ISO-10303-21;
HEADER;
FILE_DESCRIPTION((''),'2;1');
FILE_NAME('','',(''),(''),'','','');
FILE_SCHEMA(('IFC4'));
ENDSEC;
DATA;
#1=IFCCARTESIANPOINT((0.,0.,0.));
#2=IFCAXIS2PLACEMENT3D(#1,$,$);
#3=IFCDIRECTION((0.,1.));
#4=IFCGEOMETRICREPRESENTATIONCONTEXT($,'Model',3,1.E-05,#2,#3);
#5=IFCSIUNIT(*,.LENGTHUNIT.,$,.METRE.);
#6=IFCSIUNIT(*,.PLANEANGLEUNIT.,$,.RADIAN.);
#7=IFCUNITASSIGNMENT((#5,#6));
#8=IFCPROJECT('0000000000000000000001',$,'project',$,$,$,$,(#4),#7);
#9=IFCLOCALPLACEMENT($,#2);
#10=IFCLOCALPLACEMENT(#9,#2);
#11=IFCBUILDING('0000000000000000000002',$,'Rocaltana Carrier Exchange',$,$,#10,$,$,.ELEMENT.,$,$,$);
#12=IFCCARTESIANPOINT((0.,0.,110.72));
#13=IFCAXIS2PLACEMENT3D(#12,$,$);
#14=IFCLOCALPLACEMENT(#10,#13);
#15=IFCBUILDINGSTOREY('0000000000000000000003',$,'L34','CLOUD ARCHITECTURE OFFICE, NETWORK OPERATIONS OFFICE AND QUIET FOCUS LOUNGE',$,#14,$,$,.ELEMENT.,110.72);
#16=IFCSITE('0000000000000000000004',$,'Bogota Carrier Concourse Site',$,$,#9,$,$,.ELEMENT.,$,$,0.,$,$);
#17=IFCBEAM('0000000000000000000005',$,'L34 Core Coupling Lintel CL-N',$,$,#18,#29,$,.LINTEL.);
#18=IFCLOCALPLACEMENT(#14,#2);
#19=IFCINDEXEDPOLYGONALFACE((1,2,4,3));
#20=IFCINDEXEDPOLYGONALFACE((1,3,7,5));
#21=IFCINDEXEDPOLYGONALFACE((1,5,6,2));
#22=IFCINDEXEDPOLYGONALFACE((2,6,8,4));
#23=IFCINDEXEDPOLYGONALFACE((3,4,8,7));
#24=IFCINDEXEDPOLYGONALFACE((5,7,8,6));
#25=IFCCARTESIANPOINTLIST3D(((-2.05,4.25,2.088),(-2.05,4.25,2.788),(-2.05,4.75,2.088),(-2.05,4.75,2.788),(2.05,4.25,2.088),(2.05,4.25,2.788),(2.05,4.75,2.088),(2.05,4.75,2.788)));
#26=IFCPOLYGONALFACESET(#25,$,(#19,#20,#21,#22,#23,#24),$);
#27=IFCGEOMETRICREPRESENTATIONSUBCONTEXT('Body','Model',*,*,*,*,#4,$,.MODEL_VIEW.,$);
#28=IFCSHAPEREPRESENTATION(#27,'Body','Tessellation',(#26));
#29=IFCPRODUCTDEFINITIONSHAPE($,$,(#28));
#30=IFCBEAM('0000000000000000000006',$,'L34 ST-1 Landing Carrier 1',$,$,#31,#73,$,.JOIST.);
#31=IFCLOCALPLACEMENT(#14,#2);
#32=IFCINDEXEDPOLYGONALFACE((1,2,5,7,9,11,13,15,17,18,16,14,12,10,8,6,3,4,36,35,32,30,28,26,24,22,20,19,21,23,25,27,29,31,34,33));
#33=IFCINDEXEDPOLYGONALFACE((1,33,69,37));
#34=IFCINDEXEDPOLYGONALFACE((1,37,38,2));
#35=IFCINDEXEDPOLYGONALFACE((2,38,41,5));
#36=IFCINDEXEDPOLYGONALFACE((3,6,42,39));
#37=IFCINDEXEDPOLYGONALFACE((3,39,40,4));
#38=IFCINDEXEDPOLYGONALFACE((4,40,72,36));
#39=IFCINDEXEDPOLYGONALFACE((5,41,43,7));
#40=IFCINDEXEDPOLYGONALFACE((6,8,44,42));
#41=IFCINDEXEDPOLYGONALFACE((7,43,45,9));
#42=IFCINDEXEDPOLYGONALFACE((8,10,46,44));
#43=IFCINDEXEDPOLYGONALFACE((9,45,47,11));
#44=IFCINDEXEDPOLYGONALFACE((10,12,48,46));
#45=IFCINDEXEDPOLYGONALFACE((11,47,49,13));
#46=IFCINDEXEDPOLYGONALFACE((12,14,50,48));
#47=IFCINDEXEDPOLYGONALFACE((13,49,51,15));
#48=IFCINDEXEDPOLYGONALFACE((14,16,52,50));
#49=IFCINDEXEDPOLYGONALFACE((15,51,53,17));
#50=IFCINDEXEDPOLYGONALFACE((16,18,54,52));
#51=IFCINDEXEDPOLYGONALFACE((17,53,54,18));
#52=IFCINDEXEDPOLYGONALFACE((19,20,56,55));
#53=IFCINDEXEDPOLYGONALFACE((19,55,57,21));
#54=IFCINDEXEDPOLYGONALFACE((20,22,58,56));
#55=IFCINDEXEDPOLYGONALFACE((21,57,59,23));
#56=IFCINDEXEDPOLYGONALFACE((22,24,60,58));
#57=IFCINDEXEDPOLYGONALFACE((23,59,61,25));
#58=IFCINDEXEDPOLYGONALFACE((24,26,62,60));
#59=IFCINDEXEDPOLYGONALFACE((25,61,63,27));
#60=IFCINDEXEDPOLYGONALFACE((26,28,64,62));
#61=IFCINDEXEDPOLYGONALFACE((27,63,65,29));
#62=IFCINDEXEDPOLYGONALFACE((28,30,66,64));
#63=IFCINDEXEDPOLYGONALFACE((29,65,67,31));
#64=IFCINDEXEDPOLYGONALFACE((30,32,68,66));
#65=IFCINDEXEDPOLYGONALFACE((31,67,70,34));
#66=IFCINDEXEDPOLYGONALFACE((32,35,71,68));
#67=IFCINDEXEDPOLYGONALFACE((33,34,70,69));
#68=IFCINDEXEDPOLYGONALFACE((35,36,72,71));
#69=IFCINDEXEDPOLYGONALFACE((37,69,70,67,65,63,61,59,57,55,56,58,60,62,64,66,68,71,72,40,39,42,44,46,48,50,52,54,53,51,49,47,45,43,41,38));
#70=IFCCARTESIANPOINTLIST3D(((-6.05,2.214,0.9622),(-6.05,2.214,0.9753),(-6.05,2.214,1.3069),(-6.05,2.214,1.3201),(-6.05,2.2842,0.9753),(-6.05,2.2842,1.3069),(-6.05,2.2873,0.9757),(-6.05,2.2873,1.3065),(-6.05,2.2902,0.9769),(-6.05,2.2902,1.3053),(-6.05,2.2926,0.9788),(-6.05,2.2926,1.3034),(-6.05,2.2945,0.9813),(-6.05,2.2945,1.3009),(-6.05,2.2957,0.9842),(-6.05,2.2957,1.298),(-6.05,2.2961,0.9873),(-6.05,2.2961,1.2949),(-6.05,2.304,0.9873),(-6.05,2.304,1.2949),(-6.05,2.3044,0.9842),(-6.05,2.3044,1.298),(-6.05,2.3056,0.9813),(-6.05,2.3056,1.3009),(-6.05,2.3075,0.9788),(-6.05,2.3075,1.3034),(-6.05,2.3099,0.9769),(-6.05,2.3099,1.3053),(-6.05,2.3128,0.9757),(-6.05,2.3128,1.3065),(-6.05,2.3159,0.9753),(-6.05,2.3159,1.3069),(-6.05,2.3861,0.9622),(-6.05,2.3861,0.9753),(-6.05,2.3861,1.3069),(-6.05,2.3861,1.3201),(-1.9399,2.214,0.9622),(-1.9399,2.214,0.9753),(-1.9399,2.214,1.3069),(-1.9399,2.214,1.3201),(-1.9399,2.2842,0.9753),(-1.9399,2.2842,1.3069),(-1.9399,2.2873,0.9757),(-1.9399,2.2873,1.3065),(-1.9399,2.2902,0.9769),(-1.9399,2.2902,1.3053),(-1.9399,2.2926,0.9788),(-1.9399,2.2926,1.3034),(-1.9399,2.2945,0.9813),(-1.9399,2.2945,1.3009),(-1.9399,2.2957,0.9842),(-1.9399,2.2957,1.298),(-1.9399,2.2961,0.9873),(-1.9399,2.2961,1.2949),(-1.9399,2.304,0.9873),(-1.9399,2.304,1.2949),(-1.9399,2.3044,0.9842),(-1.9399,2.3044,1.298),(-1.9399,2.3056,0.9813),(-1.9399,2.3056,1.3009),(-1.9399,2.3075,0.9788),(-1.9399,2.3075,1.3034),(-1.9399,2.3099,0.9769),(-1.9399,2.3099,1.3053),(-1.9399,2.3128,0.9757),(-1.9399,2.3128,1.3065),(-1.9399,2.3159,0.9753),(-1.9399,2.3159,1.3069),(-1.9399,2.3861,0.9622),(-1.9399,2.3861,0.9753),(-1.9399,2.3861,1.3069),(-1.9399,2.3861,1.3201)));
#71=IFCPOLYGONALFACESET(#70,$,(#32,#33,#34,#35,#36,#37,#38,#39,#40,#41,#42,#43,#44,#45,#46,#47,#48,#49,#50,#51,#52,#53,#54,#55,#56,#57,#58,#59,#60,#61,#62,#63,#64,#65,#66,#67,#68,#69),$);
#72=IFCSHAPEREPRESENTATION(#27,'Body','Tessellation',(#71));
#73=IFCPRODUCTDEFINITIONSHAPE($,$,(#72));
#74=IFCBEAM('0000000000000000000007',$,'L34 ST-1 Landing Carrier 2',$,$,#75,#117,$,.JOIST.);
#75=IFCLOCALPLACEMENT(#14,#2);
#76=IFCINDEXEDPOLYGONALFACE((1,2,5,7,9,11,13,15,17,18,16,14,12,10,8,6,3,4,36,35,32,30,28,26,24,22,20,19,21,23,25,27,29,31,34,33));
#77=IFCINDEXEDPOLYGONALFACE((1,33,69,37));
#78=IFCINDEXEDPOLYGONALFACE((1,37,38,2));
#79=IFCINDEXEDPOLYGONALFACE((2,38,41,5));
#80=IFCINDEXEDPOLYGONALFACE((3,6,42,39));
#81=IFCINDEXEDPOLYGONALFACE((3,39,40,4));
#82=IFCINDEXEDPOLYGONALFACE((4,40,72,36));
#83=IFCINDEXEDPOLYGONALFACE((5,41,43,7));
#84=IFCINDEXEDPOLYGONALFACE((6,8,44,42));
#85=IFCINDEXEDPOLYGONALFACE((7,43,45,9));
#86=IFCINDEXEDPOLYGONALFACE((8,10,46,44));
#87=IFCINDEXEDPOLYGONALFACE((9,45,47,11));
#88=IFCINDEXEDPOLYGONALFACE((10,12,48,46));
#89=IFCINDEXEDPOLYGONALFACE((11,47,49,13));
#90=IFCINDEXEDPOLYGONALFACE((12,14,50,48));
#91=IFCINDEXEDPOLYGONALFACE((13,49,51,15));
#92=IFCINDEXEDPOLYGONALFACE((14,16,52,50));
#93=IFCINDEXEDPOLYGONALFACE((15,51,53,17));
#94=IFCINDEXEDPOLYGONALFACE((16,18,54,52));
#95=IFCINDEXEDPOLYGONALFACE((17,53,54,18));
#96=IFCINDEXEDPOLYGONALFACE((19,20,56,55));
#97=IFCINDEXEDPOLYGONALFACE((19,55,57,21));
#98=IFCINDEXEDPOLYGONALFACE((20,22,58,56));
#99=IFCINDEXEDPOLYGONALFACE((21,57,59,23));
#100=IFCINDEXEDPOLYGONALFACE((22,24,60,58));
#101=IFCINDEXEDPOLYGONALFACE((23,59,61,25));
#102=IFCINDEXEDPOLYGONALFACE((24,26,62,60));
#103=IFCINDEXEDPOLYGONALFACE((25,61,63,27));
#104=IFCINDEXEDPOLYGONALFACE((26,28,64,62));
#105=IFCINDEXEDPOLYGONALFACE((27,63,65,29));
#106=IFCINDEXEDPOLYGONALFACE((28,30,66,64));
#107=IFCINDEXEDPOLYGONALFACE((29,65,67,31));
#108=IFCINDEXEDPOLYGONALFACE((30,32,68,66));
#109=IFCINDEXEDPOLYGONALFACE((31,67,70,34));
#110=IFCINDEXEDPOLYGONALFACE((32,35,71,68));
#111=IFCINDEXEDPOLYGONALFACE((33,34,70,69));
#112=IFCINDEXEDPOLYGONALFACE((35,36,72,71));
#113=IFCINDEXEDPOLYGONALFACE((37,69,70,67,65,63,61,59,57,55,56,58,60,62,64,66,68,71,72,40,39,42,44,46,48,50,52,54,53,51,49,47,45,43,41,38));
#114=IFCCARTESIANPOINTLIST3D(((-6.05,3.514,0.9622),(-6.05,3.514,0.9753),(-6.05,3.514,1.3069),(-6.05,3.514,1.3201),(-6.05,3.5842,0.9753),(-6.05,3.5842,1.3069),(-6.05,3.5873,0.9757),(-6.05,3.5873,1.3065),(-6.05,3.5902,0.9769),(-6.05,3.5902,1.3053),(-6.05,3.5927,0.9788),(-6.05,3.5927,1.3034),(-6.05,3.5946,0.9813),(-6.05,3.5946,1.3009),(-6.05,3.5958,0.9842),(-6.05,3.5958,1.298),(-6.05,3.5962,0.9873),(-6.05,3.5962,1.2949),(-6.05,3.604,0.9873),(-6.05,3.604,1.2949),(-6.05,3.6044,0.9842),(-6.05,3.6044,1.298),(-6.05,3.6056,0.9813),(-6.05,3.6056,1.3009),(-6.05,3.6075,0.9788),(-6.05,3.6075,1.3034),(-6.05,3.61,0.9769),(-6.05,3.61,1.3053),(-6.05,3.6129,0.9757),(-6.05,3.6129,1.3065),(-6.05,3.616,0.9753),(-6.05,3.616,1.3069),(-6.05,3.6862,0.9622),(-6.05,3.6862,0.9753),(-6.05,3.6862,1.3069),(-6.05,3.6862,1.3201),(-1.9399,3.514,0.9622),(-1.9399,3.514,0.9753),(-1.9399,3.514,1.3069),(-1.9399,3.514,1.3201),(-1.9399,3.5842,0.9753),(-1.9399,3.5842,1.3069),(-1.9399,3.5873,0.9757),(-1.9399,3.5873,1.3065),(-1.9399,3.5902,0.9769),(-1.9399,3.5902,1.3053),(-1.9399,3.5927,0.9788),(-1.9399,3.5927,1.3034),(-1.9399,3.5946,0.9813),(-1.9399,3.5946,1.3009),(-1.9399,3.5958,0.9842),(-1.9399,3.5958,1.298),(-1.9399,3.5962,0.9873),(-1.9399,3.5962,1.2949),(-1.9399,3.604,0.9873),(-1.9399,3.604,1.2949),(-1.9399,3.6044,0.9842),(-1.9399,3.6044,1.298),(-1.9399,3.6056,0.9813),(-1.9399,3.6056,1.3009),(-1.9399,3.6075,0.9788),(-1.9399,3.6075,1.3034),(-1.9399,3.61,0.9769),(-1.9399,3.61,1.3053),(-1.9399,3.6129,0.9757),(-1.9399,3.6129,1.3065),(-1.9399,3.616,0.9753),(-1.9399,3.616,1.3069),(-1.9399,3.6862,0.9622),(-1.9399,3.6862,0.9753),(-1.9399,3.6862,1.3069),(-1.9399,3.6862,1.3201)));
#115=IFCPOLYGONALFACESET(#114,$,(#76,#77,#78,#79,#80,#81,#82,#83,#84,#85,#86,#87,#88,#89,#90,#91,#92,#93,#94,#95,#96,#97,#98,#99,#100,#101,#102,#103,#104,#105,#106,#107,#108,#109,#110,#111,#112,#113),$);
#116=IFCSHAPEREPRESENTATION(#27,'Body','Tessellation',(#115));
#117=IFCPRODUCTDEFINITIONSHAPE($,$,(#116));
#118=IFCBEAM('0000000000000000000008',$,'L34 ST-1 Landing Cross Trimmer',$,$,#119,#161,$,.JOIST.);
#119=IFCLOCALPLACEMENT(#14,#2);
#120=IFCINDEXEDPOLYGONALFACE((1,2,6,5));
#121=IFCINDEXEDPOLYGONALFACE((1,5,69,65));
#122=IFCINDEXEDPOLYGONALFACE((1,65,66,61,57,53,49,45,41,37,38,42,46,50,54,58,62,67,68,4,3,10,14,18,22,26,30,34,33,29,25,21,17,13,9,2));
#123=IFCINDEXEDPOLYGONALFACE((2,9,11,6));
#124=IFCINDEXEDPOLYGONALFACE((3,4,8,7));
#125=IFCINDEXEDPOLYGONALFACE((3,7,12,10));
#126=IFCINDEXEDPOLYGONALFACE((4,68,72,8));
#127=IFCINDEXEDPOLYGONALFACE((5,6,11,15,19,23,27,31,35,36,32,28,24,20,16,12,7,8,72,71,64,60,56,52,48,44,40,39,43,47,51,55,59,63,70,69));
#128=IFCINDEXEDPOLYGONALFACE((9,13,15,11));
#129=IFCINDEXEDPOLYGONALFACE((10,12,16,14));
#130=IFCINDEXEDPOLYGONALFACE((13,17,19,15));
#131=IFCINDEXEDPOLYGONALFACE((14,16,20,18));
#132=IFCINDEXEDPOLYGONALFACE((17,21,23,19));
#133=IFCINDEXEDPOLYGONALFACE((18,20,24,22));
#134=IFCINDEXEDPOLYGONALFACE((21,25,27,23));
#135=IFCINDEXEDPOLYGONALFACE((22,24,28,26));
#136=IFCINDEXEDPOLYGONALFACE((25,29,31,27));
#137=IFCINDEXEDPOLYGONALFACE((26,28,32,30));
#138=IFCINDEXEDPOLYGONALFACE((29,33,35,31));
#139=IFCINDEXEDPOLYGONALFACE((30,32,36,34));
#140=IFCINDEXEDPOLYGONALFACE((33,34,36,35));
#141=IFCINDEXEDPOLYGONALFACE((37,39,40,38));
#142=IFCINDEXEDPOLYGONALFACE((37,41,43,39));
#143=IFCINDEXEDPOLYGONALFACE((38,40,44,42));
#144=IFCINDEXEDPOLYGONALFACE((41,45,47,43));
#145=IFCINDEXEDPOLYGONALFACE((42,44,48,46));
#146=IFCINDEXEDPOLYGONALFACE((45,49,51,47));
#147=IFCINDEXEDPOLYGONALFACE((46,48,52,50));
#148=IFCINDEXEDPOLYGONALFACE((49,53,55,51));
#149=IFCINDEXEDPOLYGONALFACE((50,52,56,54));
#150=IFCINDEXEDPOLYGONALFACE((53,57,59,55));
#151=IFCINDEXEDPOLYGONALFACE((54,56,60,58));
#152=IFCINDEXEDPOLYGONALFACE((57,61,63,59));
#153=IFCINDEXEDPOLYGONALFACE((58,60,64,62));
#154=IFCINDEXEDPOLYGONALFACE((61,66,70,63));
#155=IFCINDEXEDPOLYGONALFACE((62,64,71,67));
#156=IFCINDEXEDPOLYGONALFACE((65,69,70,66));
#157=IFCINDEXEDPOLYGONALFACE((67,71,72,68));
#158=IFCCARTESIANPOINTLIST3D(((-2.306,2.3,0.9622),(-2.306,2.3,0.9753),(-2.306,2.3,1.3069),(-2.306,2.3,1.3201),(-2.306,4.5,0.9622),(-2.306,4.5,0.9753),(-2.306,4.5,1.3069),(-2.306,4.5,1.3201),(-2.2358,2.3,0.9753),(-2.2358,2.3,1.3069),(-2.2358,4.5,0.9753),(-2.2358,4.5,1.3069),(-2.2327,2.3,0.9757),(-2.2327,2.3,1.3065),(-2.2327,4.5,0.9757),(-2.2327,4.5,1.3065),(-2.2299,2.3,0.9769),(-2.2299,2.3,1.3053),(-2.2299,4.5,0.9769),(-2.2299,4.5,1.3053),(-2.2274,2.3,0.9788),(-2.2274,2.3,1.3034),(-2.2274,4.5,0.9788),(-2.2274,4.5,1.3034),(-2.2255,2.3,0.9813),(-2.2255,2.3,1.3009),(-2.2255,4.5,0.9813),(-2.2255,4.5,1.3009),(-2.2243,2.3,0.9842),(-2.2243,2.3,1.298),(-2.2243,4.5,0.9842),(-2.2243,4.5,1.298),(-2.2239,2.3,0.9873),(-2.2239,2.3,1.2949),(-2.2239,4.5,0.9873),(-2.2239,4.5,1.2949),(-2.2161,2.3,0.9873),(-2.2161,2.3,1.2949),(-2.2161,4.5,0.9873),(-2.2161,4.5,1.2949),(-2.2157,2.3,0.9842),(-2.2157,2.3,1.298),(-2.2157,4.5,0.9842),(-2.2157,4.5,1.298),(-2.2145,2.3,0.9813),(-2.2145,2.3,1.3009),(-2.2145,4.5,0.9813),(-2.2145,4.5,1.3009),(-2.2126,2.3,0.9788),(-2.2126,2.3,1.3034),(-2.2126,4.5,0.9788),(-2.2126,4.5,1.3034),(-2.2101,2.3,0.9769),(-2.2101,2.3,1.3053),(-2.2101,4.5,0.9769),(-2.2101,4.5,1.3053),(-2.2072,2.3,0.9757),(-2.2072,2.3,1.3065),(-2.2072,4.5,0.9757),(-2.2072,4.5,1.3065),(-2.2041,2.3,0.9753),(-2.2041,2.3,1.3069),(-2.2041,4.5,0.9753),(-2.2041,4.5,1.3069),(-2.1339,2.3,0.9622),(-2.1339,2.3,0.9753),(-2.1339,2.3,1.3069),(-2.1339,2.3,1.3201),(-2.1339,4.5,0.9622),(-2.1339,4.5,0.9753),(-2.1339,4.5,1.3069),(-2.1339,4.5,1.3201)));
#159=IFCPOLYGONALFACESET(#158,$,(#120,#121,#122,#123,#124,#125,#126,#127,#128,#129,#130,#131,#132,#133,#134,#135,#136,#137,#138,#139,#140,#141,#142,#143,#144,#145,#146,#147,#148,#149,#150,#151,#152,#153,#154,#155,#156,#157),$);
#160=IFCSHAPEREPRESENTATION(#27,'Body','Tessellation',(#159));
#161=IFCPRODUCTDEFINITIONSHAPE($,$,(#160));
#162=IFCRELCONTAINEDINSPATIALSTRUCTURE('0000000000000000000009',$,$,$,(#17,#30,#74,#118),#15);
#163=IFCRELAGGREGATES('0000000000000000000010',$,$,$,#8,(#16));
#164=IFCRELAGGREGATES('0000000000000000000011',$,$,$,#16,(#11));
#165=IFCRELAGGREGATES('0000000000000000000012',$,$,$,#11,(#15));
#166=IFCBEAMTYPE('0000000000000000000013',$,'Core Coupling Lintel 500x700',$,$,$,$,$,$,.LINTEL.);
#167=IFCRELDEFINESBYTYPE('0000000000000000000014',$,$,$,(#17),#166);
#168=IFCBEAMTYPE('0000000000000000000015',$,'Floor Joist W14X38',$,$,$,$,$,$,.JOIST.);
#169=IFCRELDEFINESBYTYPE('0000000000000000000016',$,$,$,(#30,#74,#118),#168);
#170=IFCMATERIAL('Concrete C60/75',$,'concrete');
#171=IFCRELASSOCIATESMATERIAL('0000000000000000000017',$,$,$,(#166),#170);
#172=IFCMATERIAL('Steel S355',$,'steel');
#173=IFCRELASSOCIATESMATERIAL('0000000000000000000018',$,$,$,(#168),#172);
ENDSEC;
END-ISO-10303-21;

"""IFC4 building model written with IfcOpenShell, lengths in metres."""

from ifc_helpers import new_model, si_unit, direction, frame, origin, origin_2d, place, context, subcontext, project, spatial, rectangle, i_section, extrude, material, material_profile, profile_set, type_object, element, save


model = new_model("IFC4")

# Units and contexts
model_context = context("Model", 3, precision=1e-05, world=origin(), true_north=direction((0.0, 1.0)))
body_context = subcontext(model_context, "Body", "Model", "MODEL_VIEW")
ifc_project = project(units=[si_unit("LENGTHUNIT", "METRE"), si_unit("PLANEANGLEUNIT", "RADIAN")], contexts=[model_context])

# Site, building, storey
site_placement = place(None, origin())
site = spatial("IfcSite", under=ifc_project, at=site_placement, Name="Bogota Carrier Concourse Site", CompositionType="ELEMENT", RefElevation=0.0)
building_placement = place(site_placement, origin())
building = spatial("IfcBuilding", under=site, at=building_placement, Name="Rocaltana Carrier Exchange", CompositionType="ELEMENT")
storey_placement = place(building_placement, frame((0.0, 0.0, 110.72)))
storey = spatial("IfcBuildingStorey", under=building, at=storey_placement, Name="L34", Description="CLOUD ARCHITECTURE OFFICE, NETWORK OPERATIONS OFFICE AND QUIET FOCUS LOUNGE", CompositionType="ELEMENT", Elevation=110.72)

# Beams
ifc_material_1 = material(Name="Concrete C60/75", Category="concrete")
ifc_material_profile_1 = material_profile(ifc_material_1, rectangle(XDim=0.5, YDim=0.7, at=origin_2d()), Name="RC-BM-500X700")
ifc_profile_set_1 = profile_set([ifc_material_profile_1], Name="Concrete C60/75")
beam_type_1 = type_object("IfcBeamType", Name="Core Coupling Lintel 500x700", PredefinedType="LINTEL", material=ifc_profile_set_1)
beam_1_placement = place(storey_placement, frame((-2.05, 4.5, 2.438), z_axis=(1.0, 0.0, 0.0), x_axis=(0.0, 1.0, 0.0)))
element("IfcBeam", 1, at=beam_1_placement, inside=storey, type_object=beam_type_1, Name="L34 Core Coupling Lintel CL-N", PredefinedType="LINTEL", context=body_context, shape_type="SweptSolid", body=[
    extrude(rectangle(XDim=0.5, YDim=0.7, at=origin_2d()), origin(), (0.0, 0.0, 1.0), 4.1001),
])
ifc_material_2 = material(Name="Steel S355", Category="steel")
ifc_material_profile_2 = material_profile(ifc_material_2, i_section(OverallWidth=0.1721, OverallDepth=0.3579, WebThickness=0.0078, FlangeThickness=0.0132, FilletRadius=0.012, at=origin_2d()), Name="W14X38")
ifc_profile_set_2 = profile_set([ifc_material_profile_2], Name="Steel S355")
beam_type_2 = type_object("IfcBeamType", Name="Floor Joist W14X38", PredefinedType="JOIST", material=ifc_profile_set_2)
for number, where, z_axis, x_axis, name in (
    (2, (-6.05, 2.3, 1.1411), (1.0, 0.0, 0.0), (0.0, 1.0, 0.0), "L34 ST-1 Landing Carrier 1"),
    (3, (-6.05, 3.6001, 1.1411), (1.0, 0.0, 0.0), (0.0, 1.0, 0.0), "L34 ST-1 Landing Carrier 2"),
):
    element("IfcBeam", number, at=place(storey_placement, frame(where, z_axis=z_axis, x_axis=x_axis)), inside=storey, type_object=beam_type_2, Name=name, PredefinedType="JOIST", context=body_context, shape_type="SweptSolid", body=[
        extrude(i_section(OverallWidth=0.1721, OverallDepth=0.3579, WebThickness=0.0078, FlangeThickness=0.0132, FilletRadius=0.012, at=origin_2d()), origin(), (0.0, 0.0, 1.0), 4.1101),
    ])
beam_2_placement = place(storey_placement, frame((-2.22, 2.3, 1.1411), z_axis=(0.0, 1.0, 0.0), x_axis=(-1.0, 0.0, 0.0)))
element("IfcBeam", 4, at=beam_2_placement, inside=storey, type_object=beam_type_2, Name="L34 ST-1 Landing Cross Trimmer", PredefinedType="JOIST", context=body_context, shape_type="SweptSolid", body=[
    extrude(i_section(OverallWidth=0.1721, OverallDepth=0.3579, WebThickness=0.0078, FlangeThickness=0.0132, FilletRadius=0.012, at=origin_2d()), origin(), (0.0, 0.0, 1.0), 2.2),
])

save(model, "model.ifc")
